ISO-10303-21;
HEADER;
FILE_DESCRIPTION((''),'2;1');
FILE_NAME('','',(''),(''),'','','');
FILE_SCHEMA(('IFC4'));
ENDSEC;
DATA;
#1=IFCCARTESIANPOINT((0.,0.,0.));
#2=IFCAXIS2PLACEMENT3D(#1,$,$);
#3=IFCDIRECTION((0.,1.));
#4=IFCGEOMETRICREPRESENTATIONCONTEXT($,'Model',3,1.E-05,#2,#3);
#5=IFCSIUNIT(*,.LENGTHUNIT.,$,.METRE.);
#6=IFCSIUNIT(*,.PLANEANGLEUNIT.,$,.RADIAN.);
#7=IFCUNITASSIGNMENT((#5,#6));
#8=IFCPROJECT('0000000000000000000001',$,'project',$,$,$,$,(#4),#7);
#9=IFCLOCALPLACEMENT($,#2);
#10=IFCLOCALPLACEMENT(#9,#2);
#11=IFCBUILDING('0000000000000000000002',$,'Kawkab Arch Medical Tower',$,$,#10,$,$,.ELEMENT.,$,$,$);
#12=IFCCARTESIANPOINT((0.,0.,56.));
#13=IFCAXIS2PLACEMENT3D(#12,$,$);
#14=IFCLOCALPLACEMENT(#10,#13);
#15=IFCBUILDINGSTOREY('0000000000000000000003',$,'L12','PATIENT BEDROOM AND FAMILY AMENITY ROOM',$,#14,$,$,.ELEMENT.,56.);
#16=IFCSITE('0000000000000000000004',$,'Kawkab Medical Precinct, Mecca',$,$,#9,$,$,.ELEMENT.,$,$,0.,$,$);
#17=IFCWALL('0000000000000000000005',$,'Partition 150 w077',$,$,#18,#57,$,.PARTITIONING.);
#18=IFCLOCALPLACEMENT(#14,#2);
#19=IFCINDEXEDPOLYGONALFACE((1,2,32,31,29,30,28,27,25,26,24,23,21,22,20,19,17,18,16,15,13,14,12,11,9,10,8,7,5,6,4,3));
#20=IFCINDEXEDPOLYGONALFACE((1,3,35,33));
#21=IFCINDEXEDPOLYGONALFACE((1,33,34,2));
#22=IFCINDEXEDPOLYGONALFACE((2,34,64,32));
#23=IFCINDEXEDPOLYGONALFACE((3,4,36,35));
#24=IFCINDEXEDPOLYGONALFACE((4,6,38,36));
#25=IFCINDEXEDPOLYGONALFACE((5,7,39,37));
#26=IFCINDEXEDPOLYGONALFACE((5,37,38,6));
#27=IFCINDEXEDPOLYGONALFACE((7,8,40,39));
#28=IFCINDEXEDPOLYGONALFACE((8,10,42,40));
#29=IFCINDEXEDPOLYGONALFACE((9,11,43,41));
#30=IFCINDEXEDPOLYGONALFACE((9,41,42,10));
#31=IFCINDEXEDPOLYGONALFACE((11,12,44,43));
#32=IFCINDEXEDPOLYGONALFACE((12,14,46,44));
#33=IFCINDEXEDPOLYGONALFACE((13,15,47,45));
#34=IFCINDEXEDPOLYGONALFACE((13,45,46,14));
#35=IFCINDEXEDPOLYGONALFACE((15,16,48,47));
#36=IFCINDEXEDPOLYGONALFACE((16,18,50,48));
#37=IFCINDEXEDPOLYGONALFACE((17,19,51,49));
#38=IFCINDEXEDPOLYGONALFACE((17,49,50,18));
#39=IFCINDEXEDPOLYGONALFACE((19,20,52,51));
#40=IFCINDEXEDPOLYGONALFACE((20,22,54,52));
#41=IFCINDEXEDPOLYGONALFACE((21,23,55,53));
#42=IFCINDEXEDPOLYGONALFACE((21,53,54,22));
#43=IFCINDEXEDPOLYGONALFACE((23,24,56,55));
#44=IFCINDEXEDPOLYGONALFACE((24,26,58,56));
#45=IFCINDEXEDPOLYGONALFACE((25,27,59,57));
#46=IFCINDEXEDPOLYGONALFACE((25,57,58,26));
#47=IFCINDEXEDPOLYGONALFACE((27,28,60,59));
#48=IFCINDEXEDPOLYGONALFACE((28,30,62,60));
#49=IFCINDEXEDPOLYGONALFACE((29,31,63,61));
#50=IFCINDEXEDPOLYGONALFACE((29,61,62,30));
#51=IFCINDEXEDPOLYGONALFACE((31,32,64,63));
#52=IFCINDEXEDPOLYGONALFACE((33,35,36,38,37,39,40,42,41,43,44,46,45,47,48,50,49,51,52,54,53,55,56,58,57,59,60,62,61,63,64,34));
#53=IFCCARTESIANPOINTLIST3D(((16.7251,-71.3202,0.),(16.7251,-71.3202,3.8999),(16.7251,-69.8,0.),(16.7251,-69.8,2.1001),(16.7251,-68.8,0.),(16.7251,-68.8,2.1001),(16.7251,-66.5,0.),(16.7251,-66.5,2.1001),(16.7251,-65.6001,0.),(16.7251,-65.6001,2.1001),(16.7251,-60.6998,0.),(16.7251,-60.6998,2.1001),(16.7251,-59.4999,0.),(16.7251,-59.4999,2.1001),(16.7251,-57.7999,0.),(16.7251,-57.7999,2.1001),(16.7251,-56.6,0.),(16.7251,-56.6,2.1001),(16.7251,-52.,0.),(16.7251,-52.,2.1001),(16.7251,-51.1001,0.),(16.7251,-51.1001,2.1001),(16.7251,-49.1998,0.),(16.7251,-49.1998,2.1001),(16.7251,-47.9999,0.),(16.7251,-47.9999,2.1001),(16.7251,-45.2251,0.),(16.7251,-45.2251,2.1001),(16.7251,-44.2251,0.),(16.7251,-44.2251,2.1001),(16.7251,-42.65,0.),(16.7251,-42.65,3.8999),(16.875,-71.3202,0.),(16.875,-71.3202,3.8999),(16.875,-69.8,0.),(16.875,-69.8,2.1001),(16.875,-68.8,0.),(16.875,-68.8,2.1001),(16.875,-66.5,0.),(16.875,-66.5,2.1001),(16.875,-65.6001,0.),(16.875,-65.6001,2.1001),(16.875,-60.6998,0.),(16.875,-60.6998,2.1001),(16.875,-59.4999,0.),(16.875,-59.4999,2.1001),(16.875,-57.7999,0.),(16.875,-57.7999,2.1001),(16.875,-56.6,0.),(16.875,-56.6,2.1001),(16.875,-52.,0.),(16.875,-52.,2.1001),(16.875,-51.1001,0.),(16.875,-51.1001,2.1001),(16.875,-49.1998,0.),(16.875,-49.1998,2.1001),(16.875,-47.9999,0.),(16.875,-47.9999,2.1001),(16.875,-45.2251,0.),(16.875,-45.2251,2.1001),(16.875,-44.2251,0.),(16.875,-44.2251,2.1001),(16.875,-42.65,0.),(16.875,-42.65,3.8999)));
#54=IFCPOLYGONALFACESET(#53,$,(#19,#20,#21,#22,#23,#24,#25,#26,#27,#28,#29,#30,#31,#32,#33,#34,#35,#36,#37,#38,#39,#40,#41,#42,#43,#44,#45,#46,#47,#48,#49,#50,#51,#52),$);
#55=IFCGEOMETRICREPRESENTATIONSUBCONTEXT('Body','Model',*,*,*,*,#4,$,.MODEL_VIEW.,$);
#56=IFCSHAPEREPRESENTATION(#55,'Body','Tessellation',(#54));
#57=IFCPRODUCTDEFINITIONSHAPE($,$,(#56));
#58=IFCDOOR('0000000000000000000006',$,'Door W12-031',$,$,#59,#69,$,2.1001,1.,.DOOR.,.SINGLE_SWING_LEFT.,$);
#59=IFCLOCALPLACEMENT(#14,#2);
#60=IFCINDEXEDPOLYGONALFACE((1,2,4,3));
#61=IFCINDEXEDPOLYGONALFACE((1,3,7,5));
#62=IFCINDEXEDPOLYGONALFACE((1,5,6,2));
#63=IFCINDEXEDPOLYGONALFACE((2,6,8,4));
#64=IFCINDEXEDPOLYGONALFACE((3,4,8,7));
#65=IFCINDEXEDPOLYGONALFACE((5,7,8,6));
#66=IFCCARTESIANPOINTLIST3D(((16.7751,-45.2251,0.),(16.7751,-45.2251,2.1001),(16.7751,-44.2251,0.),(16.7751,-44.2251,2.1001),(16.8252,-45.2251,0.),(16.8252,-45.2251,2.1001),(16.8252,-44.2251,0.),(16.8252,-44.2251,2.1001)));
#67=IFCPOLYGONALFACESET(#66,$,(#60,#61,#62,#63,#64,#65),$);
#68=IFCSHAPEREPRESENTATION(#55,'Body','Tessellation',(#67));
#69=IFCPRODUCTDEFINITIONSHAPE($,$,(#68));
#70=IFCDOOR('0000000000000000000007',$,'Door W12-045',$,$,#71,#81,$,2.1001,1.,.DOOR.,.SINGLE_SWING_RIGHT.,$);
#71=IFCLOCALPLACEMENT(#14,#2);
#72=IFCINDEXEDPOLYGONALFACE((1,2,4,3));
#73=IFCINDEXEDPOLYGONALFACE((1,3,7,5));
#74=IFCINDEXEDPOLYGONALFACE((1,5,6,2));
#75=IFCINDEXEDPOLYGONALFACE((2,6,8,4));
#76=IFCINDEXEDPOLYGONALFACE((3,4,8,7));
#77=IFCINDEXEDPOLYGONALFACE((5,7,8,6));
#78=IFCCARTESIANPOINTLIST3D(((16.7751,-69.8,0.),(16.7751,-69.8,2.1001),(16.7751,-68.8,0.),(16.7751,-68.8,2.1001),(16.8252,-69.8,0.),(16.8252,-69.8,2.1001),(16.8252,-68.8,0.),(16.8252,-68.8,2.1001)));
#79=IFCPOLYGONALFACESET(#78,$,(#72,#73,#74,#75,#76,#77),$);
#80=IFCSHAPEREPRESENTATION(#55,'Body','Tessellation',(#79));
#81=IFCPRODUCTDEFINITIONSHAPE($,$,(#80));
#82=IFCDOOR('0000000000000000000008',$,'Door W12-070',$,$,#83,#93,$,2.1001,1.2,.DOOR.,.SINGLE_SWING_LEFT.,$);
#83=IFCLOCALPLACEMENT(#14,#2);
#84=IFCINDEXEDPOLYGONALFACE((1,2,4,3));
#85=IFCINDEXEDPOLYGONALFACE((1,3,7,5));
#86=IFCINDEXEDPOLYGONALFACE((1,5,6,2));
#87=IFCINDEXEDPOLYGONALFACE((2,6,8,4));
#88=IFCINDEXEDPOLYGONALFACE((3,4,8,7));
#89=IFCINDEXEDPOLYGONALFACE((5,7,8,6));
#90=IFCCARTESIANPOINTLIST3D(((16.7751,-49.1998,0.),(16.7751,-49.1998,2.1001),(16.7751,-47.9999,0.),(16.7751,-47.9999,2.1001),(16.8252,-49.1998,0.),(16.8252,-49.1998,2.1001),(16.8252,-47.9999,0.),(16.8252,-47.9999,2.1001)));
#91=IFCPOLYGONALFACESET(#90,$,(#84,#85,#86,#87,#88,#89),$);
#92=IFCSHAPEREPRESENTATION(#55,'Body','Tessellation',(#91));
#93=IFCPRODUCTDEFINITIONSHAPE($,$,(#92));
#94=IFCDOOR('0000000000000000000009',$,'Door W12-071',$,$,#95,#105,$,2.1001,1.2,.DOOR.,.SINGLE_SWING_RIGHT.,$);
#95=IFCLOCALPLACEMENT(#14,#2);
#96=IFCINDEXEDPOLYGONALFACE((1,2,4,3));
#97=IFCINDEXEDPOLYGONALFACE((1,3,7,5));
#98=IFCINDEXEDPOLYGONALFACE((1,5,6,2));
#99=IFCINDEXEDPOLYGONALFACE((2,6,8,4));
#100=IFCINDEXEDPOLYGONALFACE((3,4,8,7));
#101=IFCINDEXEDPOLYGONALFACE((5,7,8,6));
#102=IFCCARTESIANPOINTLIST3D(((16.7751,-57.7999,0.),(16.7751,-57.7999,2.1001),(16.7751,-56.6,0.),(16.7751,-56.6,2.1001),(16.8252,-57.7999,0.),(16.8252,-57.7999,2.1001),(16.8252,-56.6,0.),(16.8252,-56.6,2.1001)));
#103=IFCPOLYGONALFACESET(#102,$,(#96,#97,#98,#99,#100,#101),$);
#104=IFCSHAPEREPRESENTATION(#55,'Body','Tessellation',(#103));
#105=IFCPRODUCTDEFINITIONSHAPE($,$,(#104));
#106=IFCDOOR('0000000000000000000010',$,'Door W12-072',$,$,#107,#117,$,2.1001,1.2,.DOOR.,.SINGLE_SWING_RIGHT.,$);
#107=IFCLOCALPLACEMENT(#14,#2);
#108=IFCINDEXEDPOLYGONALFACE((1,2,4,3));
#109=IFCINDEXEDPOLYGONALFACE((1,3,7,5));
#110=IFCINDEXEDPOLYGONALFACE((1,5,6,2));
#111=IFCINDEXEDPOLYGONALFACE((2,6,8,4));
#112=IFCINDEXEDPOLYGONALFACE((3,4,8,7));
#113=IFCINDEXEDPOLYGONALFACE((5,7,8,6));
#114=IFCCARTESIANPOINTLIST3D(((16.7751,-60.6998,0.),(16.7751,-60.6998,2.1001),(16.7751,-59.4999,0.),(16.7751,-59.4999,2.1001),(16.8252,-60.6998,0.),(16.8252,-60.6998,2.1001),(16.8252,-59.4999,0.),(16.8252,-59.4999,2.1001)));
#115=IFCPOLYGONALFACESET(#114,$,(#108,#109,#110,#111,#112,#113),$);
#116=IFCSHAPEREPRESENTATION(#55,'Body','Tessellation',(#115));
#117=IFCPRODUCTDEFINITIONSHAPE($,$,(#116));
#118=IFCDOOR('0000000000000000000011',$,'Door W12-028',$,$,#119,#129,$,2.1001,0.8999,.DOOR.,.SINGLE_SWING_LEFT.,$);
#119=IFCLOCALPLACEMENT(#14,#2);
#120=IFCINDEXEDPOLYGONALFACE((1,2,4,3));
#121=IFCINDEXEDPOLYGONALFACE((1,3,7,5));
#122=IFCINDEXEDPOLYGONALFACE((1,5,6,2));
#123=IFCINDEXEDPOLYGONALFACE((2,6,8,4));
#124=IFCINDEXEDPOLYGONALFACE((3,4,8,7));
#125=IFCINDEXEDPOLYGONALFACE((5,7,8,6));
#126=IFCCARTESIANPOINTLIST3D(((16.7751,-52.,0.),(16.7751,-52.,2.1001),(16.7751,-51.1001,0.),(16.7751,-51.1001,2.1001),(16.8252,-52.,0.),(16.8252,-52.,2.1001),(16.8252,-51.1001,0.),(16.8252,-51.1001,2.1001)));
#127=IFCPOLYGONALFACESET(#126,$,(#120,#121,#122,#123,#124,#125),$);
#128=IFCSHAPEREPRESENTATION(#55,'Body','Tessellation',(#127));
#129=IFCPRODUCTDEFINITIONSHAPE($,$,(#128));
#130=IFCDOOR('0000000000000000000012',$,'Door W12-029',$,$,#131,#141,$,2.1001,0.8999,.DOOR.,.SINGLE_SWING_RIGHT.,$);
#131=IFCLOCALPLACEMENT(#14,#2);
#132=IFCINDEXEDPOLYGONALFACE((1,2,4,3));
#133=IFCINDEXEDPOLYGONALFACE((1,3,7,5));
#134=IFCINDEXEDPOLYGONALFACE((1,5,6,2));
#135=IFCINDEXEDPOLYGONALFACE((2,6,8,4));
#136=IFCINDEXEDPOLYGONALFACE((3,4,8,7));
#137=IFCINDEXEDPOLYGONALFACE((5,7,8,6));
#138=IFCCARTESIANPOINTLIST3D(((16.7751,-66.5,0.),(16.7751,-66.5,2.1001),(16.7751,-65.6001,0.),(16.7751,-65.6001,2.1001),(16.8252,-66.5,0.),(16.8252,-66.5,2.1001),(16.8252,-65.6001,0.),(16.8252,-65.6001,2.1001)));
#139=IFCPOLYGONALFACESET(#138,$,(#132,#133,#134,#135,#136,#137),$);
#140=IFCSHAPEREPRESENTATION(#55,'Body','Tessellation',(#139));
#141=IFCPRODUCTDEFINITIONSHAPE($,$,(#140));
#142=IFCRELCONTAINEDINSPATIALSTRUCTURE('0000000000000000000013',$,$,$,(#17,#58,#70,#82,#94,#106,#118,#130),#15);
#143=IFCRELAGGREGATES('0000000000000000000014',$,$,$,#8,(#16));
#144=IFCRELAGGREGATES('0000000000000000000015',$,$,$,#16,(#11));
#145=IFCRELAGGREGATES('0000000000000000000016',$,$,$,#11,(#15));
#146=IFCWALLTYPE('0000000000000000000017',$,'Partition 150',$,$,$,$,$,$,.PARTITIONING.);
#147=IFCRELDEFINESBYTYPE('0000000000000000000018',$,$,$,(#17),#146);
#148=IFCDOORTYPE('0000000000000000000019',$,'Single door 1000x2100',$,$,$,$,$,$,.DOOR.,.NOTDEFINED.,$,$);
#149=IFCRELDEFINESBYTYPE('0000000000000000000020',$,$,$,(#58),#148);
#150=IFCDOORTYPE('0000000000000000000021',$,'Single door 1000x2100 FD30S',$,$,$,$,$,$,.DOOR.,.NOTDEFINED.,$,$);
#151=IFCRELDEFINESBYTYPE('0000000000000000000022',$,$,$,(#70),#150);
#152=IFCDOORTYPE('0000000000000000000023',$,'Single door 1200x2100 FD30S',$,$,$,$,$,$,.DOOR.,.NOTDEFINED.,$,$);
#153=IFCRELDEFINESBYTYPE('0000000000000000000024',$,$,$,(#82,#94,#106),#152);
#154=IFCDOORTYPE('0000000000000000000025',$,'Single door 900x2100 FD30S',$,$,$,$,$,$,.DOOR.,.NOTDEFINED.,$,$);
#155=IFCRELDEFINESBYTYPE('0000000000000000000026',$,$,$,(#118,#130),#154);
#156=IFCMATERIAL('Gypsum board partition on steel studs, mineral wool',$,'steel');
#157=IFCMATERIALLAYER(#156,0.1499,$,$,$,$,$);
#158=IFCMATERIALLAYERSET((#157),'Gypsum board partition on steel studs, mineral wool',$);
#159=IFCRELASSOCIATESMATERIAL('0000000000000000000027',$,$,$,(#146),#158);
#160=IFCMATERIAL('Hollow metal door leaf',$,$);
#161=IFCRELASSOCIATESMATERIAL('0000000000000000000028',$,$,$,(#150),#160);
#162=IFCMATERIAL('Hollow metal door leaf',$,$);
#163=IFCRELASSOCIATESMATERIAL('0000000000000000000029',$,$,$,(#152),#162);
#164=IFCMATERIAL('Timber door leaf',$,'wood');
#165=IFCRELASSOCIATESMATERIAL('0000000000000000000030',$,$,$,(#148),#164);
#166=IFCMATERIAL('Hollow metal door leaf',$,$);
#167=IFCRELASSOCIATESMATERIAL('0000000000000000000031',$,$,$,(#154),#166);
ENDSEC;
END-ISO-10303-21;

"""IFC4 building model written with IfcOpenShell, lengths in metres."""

from ifc_helpers import new_model, si_unit, direction, frame, frame_2d, origin, place, context, subcontext, project, spatial, rectangle, extrude, material, layer, layer_set, type_object, element, fill, save


model = new_model("IFC4")

# Units and contexts
model_context = context("Model", 3, precision=1e-05, world=origin(), true_north=direction((0.0, 1.0)))
body_context = subcontext(model_context, "Body", "Model", "MODEL_VIEW")
ifc_project = project(units=[si_unit("LENGTHUNIT", "METRE"), si_unit("PLANEANGLEUNIT", "RADIAN")], contexts=[model_context])

# Site, building, storey
site_placement = place(None, origin())
site = spatial("IfcSite", under=ifc_project, at=site_placement, Name="Kawkab Medical Precinct, Mecca", CompositionType="ELEMENT", RefElevation=0.0)
building_placement = place(site_placement, origin())
building = spatial("IfcBuilding", under=site, at=building_placement, Name="Kawkab Arch Medical Tower", CompositionType="ELEMENT")
storey_placement = place(building_placement, frame((0.0, 0.0, 56.0)))
storey = spatial("IfcBuildingStorey", under=building, at=storey_placement, Name="L12", Description="PATIENT BEDROOM AND FAMILY AMENITY ROOM", CompositionType="ELEMENT", Elevation=56.0)

# Wall, openings, doors
ifc_material_1 = material(Name="Gypsum board partition on steel studs, mineral wool", Category="steel")
ifc_layer_1 = layer(ifc_material_1, 0.1499)
ifc_layer_set_1 = layer_set([ifc_layer_1], Name="Gypsum board partition on steel studs, mineral wool")
wall_type_1 = type_object("IfcWallType", Name="Partition 150", PredefinedType="PARTITIONING", material=ifc_layer_set_1)
ifc_material_2 = material(Name="Hollow metal door leaf")
door_type_1 = type_object("IfcDoorType", Name="Single door 1000x2100 FD30S", OperationType="NOTDEFINED", PredefinedType="DOOR", material=ifc_material_2)
ifc_material_3 = material(Name="Hollow metal door leaf")
door_type_2 = type_object("IfcDoorType", Name="Single door 1200x2100 FD30S", OperationType="NOTDEFINED", PredefinedType="DOOR", material=ifc_material_3)
wall_1_placement = place(storey_placement, frame((16.8, -71.3201, 0.0), z_axis=(0.0, 0.0, 1.0), x_axis=(0.0, 1.0, 0.0)))
wall_1 = element("IfcWall", 1, at=wall_1_placement, inside=storey, type_object=wall_type_1, Name="Partition 150 w077", PredefinedType="PARTITIONING", context=body_context, shape_type="SweptSolid", body=[
    extrude(rectangle(XDim=28.6702, YDim=0.1499, at=frame_2d((14.335, 0.0))), origin(), (0.0, 0.0, 1.0), 3.8999),
])
opening_1_placement = place(wall_1_placement, frame((26.095, 0.0, 0.0)))
opening_1 = element("IfcOpeningElement", 2, at=opening_1_placement, cuts=wall_1, PredefinedType="OPENING", context=body_context, shape_type="SweptSolid", body=[
    extrude(rectangle(XDim=1.0, YDim=2.1001, at=frame_2d((0.5, 1.05))), frame((0.0, 0.085, 0.0), z_axis=(0.0, -1.0, 0.0), x_axis=(1.0, 0.0, 0.0)), (0.0, 0.0, 1.0), 0.1699),
])
opening_2_placement = place(wall_1_placement, frame((22.1201, 0.0, 0.0)))
opening_2 = element("IfcOpeningElement", 3, at=opening_2_placement, cuts=wall_1, PredefinedType="OPENING", context=body_context, shape_type="SweptSolid", body=[
    extrude(rectangle(XDim=1.2, YDim=2.1001, at=frame_2d((0.6001, 1.05))), frame((0.0, 0.085, 0.0), z_axis=(0.0, -1.0, 0.0), x_axis=(1.0, 0.0, 0.0)), (0.0, 0.0, 1.0), 0.1699),
])
opening_3_placement = place(wall_1_placement, frame((19.3201, 0.0, 0.0)))
opening_3 = element("IfcOpeningElement", 4, at=opening_3_placement, cuts=wall_1, PredefinedType="OPENING", context=body_context, shape_type="SweptSolid", body=[
    extrude(rectangle(XDim=0.8999, YDim=2.1001, at=frame_2d((0.45, 1.05))), frame((0.0, 0.085, 0.0), z_axis=(0.0, -1.0, 0.0), x_axis=(1.0, 0.0, 0.0)), (0.0, 0.0, 1.0), 0.1699),
])
opening_4_placement = place(wall_1_placement, frame((13.52, 0.0, 0.0)))
opening_4 = element("IfcOpeningElement", 5, at=opening_4_placement, cuts=wall_1, PredefinedType="OPENING", context=body_context, shape_type="SweptSolid", body=[
    extrude(rectangle(XDim=1.2, YDim=2.1001, at=frame_2d((0.6001, 1.05))), frame((0.0, 0.085, 0.0), z_axis=(0.0, -1.0, 0.0), x_axis=(1.0, 0.0, 0.0)), (0.0, 0.0, 1.0), 0.1699),
])
opening_5_placement = place(wall_1_placement, frame((10.6201, 0.0, 0.0)))
opening_5 = element("IfcOpeningElement", 6, at=opening_5_placement, cuts=wall_1, PredefinedType="OPENING", context=body_context, shape_type="SweptSolid", body=[
    extrude(rectangle(XDim=1.2, YDim=2.1001, at=frame_2d((0.6001, 1.05))), frame((0.0, 0.085, 0.0), z_axis=(0.0, -1.0, 0.0), x_axis=(1.0, 0.0, 0.0)), (0.0, 0.0, 1.0), 0.1699),
])
opening_6_placement = place(wall_1_placement, frame((4.8201, 0.0, 0.0)))
opening_6 = element("IfcOpeningElement", 7, at=opening_6_placement, cuts=wall_1, PredefinedType="OPENING", context=body_context, shape_type="SweptSolid", body=[
    extrude(rectangle(XDim=0.8999, YDim=2.1001, at=frame_2d((0.45, 1.05))), frame((0.0, 0.085, 0.0), z_axis=(0.0, -1.0, 0.0), x_axis=(1.0, 0.0, 0.0)), (0.0, 0.0, 1.0), 0.1699),
])
opening_7_placement = place(wall_1_placement, frame((1.52, 0.0, 0.0)))
opening_7 = element("IfcOpeningElement", 8, at=opening_7_placement, cuts=wall_1, PredefinedType="OPENING", context=body_context, shape_type="SweptSolid", body=[
    extrude(rectangle(XDim=1.0, YDim=2.1001, at=frame_2d((0.5, 1.05))), frame((0.0, 0.085, 0.0), z_axis=(0.0, -1.0, 0.0), x_axis=(1.0, 0.0, 0.0)), (0.0, 0.0, 1.0), 0.1699),
])
ifc_material_4 = material(Name="Timber door leaf", Category="wood")
door_type_3 = type_object("IfcDoorType", Name="Single door 1000x2100", OperationType="NOTDEFINED", PredefinedType="DOOR", material=ifc_material_4)
door_1_placement = place(opening_1_placement, origin())
door_1 = element("IfcDoor", 9, at=door_1_placement, inside=storey, type_object=door_type_3, Name="Door W12-031", OperationType="SINGLE_SWING_LEFT", OverallHeight=2.1001, OverallWidth=1.0, PredefinedType="DOOR", context=body_context, shape_type="SweptSolid", body=[
    extrude(rectangle(XDim=1.0, YDim=2.1001, at=frame_2d((0.5, 1.05))), frame((0.0, 0.0249, 0.0), z_axis=(0.0, -1.0, 0.0), x_axis=(1.0, 0.0, 0.0)), (0.0, 0.0, 1.0), 0.05),
])
fill(opening_1, door_1)
door_2_placement = place(opening_7_placement, origin())
door_2 = element("IfcDoor", 10, at=door_2_placement, inside=storey, type_object=door_type_1, Name="Door W12-045", OperationType="SINGLE_SWING_RIGHT", OverallHeight=2.1001, OverallWidth=1.0, PredefinedType="DOOR", context=body_context, shape_type="SweptSolid", body=[
    extrude(rectangle(XDim=1.0, YDim=2.1001, at=frame_2d((0.5, 1.05))), frame((0.0, 0.0249, 0.0), z_axis=(0.0, -1.0, 0.0), x_axis=(1.0, 0.0, 0.0)), (0.0, 0.0, 1.0), 0.05),
])
fill(opening_7, door_2)
door_3_placement = place(opening_2_placement, origin())
door_3 = element("IfcDoor", 11, at=door_3_placement, inside=storey, type_object=door_type_2, Name="Door W12-070", OperationType="SINGLE_SWING_LEFT", OverallHeight=2.1001, OverallWidth=1.2, PredefinedType="DOOR", context=body_context, shape_type="SweptSolid", body=[
    extrude(rectangle(XDim=1.2, YDim=2.1001, at=frame_2d((0.6001, 1.05))), frame((0.0, 0.0249, 0.0), z_axis=(0.0, -1.0, 0.0), x_axis=(1.0, 0.0, 0.0)), (0.0, 0.0, 1.0), 0.05),
])
fill(opening_2, door_3)
door_4_placement = place(opening_4_placement, origin())
door_4 = element("IfcDoor", 12, at=door_4_placement, inside=storey, type_object=door_type_2, Name="Door W12-071", OperationType="SINGLE_SWING_RIGHT", OverallHeight=2.1001, OverallWidth=1.2, PredefinedType="DOOR", context=body_context, shape_type="SweptSolid", body=[
    extrude(rectangle(XDim=1.2, YDim=2.1001, at=frame_2d((0.6001, 1.05))), frame((0.0, 0.0249, 0.0), z_axis=(0.0, -1.0, 0.0), x_axis=(1.0, 0.0, 0.0)), (0.0, 0.0, 1.0), 0.05),
])
fill(opening_4, door_4)
door_5_placement = place(opening_5_placement, origin())
door_5 = element("IfcDoor", 13, at=door_5_placement, inside=storey, type_object=door_type_2, Name="Door W12-072", OperationType="SINGLE_SWING_RIGHT", OverallHeight=2.1001, OverallWidth=1.2, PredefinedType="DOOR", context=body_context, shape_type="SweptSolid", body=[
    extrude(rectangle(XDim=1.2, YDim=2.1001, at=frame_2d((0.6001, 1.05))), frame((0.0, 0.0249, 0.0), z_axis=(0.0, -1.0, 0.0), x_axis=(1.0, 0.0, 0.0)), (0.0, 0.0, 1.0), 0.05),
])
fill(opening_5, door_5)
ifc_material_5 = material(Name="Hollow metal door leaf")
door_type_4 = type_object("IfcDoorType", Name="Single door 900x2100 FD30S", OperationType="NOTDEFINED", PredefinedType="DOOR", material=ifc_material_5)
door_6_placement = place(opening_3_placement, origin())
door_6 = element("IfcDoor", 14, at=door_6_placement, inside=storey, type_object=door_type_4, Name="Door W12-028", OperationType="SINGLE_SWING_LEFT", OverallHeight=2.1001, OverallWidth=0.8999, PredefinedType="DOOR", context=body_context, shape_type="SweptSolid", body=[
    extrude(rectangle(XDim=0.8999, YDim=2.1001, at=frame_2d((0.45, 1.05))), frame((0.0, 0.0249, 0.0), z_axis=(0.0, -1.0, 0.0), x_axis=(1.0, 0.0, 0.0)), (0.0, 0.0, 1.0), 0.05),
])
fill(opening_3, door_6)
door_7_placement = place(opening_6_placement, origin())
door_7 = element("IfcDoor", 15, at=door_7_placement, inside=storey, type_object=door_type_4, Name="Door W12-029", OperationType="SINGLE_SWING_RIGHT", OverallHeight=2.1001, OverallWidth=0.8999, PredefinedType="DOOR", context=body_context, shape_type="SweptSolid", body=[
    extrude(rectangle(XDim=0.8999, YDim=2.1001, at=frame_2d((0.45, 1.05))), frame((0.0, 0.0249, 0.0), z_axis=(0.0, -1.0, 0.0), x_axis=(1.0, 0.0, 0.0)), (0.0, 0.0, 1.0), 0.05),
])
fill(opening_6, door_7)

save(model, "model.ifc")
